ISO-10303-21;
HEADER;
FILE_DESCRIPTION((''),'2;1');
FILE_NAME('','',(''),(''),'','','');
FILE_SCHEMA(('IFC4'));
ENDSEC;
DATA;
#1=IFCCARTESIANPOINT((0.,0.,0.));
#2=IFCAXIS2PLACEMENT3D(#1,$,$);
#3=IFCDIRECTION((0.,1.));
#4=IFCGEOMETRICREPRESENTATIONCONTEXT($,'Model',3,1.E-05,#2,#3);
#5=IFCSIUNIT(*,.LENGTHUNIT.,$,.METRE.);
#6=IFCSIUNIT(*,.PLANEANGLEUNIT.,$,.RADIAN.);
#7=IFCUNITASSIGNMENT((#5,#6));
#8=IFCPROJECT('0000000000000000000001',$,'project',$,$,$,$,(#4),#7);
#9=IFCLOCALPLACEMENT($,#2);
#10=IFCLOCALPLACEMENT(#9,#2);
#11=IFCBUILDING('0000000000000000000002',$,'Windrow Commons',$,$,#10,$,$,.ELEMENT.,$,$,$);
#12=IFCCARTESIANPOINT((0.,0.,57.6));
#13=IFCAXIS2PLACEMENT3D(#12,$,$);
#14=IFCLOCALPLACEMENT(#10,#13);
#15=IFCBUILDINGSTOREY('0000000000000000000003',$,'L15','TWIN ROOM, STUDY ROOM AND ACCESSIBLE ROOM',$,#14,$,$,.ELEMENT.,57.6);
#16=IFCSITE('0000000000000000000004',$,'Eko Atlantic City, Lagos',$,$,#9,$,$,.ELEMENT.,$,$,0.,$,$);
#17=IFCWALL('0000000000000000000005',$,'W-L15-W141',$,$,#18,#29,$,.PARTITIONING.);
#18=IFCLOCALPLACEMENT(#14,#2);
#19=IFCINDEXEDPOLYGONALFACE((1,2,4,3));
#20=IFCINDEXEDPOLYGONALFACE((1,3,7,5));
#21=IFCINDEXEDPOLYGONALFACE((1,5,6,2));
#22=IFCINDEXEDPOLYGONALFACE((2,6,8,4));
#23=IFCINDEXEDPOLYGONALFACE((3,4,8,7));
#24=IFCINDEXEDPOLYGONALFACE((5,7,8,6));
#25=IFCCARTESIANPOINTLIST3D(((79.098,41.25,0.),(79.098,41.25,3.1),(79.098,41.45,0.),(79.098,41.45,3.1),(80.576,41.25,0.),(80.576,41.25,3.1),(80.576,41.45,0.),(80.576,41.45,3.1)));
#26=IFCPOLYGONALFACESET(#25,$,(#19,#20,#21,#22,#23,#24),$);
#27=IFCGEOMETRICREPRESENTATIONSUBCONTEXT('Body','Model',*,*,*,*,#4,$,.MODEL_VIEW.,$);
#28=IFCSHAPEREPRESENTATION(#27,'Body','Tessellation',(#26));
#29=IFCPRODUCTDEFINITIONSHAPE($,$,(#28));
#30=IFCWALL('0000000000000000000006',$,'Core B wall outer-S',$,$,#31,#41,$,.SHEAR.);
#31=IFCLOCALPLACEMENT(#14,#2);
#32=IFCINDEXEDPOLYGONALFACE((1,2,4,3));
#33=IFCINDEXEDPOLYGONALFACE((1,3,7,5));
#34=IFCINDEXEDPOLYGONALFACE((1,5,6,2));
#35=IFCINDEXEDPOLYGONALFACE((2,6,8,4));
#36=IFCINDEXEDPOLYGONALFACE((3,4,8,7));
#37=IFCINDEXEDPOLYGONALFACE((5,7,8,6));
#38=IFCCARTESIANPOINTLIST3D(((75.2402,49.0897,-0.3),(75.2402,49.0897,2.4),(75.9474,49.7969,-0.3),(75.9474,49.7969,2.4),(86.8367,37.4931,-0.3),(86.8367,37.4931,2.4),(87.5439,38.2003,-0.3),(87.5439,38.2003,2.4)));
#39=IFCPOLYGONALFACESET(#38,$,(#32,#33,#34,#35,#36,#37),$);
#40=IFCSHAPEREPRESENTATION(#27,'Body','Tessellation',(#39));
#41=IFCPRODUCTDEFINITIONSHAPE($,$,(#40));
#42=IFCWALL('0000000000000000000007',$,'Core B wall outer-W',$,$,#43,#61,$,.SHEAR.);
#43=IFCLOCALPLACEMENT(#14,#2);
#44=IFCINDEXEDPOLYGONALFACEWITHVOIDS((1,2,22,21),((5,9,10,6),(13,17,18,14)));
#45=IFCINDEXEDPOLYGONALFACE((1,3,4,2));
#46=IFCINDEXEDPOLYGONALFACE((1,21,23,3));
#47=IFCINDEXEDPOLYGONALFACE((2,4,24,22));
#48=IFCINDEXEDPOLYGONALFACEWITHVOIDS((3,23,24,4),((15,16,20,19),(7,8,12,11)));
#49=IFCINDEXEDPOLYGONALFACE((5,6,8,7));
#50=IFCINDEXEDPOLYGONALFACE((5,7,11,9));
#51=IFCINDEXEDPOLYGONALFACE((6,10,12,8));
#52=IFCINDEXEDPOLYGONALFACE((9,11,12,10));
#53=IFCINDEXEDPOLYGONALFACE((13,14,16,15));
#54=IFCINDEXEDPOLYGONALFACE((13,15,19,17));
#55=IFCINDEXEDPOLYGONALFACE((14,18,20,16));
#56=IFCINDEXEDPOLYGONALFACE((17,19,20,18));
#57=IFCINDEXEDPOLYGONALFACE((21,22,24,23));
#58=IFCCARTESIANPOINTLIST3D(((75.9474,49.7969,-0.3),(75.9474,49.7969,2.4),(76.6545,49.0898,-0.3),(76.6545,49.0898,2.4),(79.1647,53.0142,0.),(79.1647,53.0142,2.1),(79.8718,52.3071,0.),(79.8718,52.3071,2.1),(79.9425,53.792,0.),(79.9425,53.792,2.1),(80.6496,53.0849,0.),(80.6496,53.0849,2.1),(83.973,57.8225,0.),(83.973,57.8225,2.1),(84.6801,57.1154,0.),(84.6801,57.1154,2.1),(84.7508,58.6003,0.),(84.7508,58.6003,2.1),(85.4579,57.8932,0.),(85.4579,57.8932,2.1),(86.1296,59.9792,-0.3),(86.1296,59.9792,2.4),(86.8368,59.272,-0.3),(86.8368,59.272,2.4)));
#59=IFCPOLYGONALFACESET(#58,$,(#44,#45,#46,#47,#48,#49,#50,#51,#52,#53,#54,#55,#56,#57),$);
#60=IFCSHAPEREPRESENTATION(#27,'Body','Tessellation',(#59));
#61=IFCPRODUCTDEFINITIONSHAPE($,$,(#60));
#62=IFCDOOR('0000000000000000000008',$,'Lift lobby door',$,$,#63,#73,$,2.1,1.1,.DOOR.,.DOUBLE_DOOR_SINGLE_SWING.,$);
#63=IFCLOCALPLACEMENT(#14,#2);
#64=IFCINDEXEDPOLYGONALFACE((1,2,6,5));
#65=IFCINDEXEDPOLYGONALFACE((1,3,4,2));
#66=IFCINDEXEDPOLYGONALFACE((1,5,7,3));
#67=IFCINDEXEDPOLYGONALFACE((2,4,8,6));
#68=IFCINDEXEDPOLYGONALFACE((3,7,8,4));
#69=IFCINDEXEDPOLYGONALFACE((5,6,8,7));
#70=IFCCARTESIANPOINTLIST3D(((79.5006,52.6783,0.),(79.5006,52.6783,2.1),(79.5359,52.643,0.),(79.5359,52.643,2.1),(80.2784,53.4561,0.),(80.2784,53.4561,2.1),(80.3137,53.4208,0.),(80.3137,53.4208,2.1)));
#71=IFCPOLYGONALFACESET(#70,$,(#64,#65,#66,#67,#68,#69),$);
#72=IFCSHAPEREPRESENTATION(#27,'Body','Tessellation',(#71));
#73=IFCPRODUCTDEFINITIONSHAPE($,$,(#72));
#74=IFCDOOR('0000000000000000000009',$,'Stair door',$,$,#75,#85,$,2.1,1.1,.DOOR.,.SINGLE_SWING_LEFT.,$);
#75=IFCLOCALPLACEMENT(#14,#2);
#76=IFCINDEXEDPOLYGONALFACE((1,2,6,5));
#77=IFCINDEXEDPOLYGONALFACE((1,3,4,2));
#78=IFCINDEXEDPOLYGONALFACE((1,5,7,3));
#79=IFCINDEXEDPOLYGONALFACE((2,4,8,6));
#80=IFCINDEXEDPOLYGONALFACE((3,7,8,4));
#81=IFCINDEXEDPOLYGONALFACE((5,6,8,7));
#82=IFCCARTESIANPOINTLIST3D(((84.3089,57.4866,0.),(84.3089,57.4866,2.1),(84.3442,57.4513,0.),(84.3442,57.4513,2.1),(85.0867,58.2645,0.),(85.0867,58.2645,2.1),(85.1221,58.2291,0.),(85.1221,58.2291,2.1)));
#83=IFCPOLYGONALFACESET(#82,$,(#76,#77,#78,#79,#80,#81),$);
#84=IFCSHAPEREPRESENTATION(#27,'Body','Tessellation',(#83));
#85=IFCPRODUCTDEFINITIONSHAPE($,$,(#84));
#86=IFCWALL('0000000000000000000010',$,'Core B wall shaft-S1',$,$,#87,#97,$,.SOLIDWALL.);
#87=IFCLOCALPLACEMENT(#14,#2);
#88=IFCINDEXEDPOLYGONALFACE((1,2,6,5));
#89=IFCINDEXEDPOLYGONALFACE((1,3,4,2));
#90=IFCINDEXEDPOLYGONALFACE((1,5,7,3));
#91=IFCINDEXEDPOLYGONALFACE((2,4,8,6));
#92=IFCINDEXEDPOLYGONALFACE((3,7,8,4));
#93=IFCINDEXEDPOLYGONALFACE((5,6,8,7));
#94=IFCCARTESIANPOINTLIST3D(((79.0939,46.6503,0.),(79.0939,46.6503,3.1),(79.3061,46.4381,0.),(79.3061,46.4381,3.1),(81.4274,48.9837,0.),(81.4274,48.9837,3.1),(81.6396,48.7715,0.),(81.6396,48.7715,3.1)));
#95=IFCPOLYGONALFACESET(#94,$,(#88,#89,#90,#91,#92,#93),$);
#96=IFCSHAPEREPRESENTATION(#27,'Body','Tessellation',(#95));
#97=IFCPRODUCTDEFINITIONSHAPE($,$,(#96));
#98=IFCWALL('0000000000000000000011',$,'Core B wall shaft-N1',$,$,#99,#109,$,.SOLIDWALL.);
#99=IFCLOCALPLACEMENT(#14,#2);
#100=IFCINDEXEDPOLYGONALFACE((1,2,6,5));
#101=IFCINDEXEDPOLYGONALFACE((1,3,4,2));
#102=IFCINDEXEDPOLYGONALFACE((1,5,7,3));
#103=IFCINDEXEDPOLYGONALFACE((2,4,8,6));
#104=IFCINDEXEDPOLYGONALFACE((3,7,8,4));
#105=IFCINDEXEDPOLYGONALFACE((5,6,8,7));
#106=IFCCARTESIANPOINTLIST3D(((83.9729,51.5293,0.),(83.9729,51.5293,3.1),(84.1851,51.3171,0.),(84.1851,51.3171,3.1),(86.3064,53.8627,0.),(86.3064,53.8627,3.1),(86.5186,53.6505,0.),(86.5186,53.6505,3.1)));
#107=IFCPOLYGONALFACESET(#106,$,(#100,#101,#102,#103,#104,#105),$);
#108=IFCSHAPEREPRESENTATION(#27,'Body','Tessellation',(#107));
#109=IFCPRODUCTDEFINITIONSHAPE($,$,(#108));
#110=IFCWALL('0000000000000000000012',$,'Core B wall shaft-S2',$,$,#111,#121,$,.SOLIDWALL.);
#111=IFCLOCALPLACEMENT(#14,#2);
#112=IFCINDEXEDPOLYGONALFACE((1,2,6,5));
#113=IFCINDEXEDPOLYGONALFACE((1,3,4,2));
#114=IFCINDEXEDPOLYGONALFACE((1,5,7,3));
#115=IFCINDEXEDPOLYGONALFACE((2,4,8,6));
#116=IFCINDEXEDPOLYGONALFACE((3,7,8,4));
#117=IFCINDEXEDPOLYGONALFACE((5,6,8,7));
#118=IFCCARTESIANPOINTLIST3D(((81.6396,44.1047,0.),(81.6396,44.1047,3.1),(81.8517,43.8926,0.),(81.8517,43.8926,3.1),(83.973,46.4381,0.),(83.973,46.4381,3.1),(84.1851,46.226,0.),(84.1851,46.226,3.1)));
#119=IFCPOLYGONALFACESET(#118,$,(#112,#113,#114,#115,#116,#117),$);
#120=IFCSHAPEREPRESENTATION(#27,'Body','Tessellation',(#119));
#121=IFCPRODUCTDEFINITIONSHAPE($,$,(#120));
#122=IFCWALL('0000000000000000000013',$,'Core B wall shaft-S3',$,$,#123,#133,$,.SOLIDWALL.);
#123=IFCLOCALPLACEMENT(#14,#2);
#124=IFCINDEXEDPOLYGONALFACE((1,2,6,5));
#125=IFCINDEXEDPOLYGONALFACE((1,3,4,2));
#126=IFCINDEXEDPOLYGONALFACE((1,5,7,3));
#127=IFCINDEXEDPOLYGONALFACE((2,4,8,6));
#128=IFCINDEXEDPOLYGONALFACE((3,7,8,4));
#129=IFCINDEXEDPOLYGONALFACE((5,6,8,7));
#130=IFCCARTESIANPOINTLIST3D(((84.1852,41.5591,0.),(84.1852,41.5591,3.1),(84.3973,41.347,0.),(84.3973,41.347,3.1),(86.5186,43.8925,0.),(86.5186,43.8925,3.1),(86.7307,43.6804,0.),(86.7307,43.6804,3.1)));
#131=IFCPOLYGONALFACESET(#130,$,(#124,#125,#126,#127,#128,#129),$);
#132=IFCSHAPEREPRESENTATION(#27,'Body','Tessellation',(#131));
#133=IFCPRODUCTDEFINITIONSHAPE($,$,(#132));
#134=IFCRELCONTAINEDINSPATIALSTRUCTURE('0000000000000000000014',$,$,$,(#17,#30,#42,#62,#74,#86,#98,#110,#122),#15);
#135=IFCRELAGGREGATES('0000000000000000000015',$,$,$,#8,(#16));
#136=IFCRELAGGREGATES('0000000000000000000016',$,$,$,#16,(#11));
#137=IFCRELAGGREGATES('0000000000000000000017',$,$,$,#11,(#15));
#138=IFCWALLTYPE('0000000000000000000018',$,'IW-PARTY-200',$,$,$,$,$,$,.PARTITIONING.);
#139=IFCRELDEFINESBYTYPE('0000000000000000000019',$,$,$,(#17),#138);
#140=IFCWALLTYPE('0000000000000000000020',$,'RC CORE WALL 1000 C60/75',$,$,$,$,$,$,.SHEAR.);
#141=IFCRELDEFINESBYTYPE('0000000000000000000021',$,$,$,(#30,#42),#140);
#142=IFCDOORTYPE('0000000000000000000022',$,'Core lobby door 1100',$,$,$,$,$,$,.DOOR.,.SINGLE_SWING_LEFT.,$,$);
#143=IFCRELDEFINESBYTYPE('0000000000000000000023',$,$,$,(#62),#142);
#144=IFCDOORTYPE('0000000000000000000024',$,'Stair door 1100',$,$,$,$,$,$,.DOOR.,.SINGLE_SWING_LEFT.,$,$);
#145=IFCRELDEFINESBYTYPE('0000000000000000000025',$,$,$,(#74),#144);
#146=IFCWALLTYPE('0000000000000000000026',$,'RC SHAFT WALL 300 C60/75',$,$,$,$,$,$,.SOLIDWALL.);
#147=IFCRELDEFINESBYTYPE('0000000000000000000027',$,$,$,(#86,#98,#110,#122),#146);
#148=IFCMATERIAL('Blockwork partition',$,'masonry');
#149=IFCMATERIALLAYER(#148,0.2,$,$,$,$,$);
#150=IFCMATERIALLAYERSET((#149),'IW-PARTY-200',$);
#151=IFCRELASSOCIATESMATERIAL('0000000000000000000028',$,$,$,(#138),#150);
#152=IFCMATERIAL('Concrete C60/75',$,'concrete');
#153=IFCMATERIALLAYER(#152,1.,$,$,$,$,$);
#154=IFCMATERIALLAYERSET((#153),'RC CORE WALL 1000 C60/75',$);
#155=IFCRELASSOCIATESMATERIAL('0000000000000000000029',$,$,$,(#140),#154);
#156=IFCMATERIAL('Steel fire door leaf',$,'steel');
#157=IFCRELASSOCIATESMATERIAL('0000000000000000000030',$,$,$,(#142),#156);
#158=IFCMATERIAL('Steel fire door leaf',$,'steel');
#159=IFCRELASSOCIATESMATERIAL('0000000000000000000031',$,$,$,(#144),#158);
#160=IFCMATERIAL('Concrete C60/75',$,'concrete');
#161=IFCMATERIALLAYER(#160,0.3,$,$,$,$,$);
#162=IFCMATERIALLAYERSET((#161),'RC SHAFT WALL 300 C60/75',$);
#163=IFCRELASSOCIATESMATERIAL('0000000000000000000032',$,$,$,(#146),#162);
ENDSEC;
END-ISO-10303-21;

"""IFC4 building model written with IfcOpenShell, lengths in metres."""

from ifc_helpers import new_model, si_unit, direction, frame, frame_2d, origin, place, context, subcontext, project, spatial, rectangle, extrude, material, layer, layer_set, type_object, element, fill, save


model = new_model("IFC4")

# Units and contexts
model_context = context("Model", 3, precision=1e-05, world=origin(), true_north=direction((0.0, 1.0)))
body_context = subcontext(model_context, "Body", "Model", "MODEL_VIEW")
ifc_project = project(units=[si_unit("LENGTHUNIT", "METRE"), si_unit("PLANEANGLEUNIT", "RADIAN")], contexts=[model_context])

# Site, building, storey
site_placement = place(None, origin())
site = spatial("IfcSite", under=ifc_project, at=site_placement, Name="Eko Atlantic City, Lagos", CompositionType="ELEMENT", RefElevation=0.0)
building_placement = place(site_placement, origin())
building = spatial("IfcBuilding", under=site, at=building_placement, Name="Windrow Commons", CompositionType="ELEMENT")
storey_placement = place(building_placement, frame((0.0, 0.0, 57.6)))
storey = spatial("IfcBuildingStorey", under=building, at=storey_placement, Name="L15", Description="TWIN ROOM, STUDY ROOM AND ACCESSIBLE ROOM", CompositionType="ELEMENT", Elevation=57.6)

# Walls
ifc_material_1 = material(Name="Blockwork partition", Category="masonry")
ifc_layer_1 = layer(ifc_material_1, 0.2)
ifc_layer_set_1 = layer_set([ifc_layer_1], Name="IW-PARTY-200")
wall_type_1 = type_object("IfcWallType", Name="IW-PARTY-200", PredefinedType="PARTITIONING", material=ifc_layer_set_1)
wall_1_placement = place(storey_placement, frame((79.098, 41.35, 0.0), z_axis=(0.0, 0.0, 1.0), x_axis=(1.0, 0.0, 0.0)))
element("IfcWall", 1, at=wall_1_placement, inside=storey, type_object=wall_type_1, Name="W-L15-W141", PredefinedType="PARTITIONING", context=body_context, shape_type="SweptSolid", body=[
    extrude(rectangle(XDim=1.478, YDim=0.2, at=frame_2d((0.739, 0.0))), origin(), (0.0, 0.0, 1.0), 3.1),
])
ifc_material_2 = material(Name="Concrete C60/75", Category="concrete")
ifc_layer_2 = layer(ifc_material_2, 1.0)
ifc_layer_set_2 = layer_set([ifc_layer_2], Name="RC CORE WALL 1000 C60/75")
wall_type_2 = type_object("IfcWallType", Name="RC CORE WALL 1000 C60/75", PredefinedType="SHEAR", material=ifc_layer_set_2)
wall_2_placement = place(storey_placement, frame((75.5938, 49.4433, -0.3), z_axis=(0.0, 0.0, 1.0), x_axis=(0.707104, -0.70711, 0.0)))
element("IfcWall", 2, at=wall_2_placement, inside=storey, type_object=wall_type_2, Name="Core B wall outer-S", PredefinedType="SHEAR", context=body_context, shape_type="SweptSolid", body=[
    extrude(rectangle(XDim=16.4, YDim=1.0, at=frame_2d((8.2, 0.0))), origin(), (0.0, 0.0, 1.0), 2.7),
])

# Wall, openings, doors
wall_3_placement = place(storey_placement, frame((76.3009, 49.4433, -0.3), z_axis=(0.0, 0.0, 1.0), x_axis=(0.707107, 0.707107, 0.0)))
wall_3 = element("IfcWall", 3, at=wall_3_placement, inside=storey, type_object=wall_type_2, Name="Core B wall outer-W", PredefinedType="SHEAR", context=body_context, shape_type="SweptSolid", body=[
    extrude(rectangle(XDim=14.3999, YDim=1.0, at=frame_2d((7.2, 0.0))), origin(), (0.0, 0.0, 1.0), 2.7),
])
opening_1_placement = place(wall_3_placement, frame((4.55, 0.0, 0.3)))
opening_1 = element("IfcOpeningElement", 4, at=opening_1_placement, cuts=wall_3, PredefinedType="OPENING", context=body_context, shape_type="SweptSolid", body=[
    extrude(rectangle(XDim=1.1, YDim=2.1, at=frame_2d((0.55, 1.05))), frame((0.0, 0.51, 0.0), z_axis=(0.0, -1.0, 0.0), x_axis=(1.0, 0.0, 0.0)), (0.0, 0.0, 1.0), 1.02),
])
opening_2_placement = place(wall_3_placement, frame((11.35, 0.0, 0.3)))
opening_2 = element("IfcOpeningElement", 5, at=opening_2_placement, cuts=wall_3, PredefinedType="OPENING", context=body_context, shape_type="SweptSolid", body=[
    extrude(rectangle(XDim=1.1, YDim=2.1, at=frame_2d((0.55, 1.05))), frame((0.0, 0.51, 0.0), z_axis=(0.0, -1.0, 0.0), x_axis=(1.0, 0.0, 0.0)), (0.0, 0.0, 1.0), 1.02),
])
ifc_material_3 = material(Name="Steel fire door leaf", Category="steel")
door_type_1 = type_object("IfcDoorType", Name="Core lobby door 1100", OperationType="SINGLE_SWING_LEFT", PredefinedType="DOOR", material=ifc_material_3)
door_1_placement = place(opening_1_placement, origin())
door_1 = element("IfcDoor", 6, at=door_1_placement, inside=storey, type_object=door_type_1, Name="Lift lobby door", OperationType="DOUBLE_DOOR_SINGLE_SWING", OverallHeight=2.1, OverallWidth=1.1, PredefinedType="DOOR", context=body_context, shape_type="SweptSolid", body=[
    extrude(rectangle(XDim=1.1, YDim=2.1, at=frame_2d((0.55, 1.05))), frame((0.0, 0.025, 0.0), z_axis=(0.0, -1.0, 0.0), x_axis=(1.0, 0.0, 0.0)), (0.0, 0.0, 1.0), 0.05),
])
fill(opening_1, door_1)
ifc_material_4 = material(Name="Steel fire door leaf", Category="steel")
door_type_2 = type_object("IfcDoorType", Name="Stair door 1100", OperationType="SINGLE_SWING_LEFT", PredefinedType="DOOR", material=ifc_material_4)
door_2_placement = place(opening_2_placement, origin())
door_2 = element("IfcDoor", 7, at=door_2_placement, inside=storey, type_object=door_type_2, Name="Stair door", OperationType="SINGLE_SWING_LEFT", OverallHeight=2.1, OverallWidth=1.1, PredefinedType="DOOR", context=body_context, shape_type="SweptSolid", body=[
    extrude(rectangle(XDim=1.1, YDim=2.1, at=frame_2d((0.55, 1.05))), frame((0.0, 0.025, 0.0), z_axis=(0.0, -1.0, 0.0), x_axis=(1.0, 0.0, 0.0)), (0.0, 0.0, 1.0), 0.05),
])
fill(opening_2, door_2)

# Walls
ifc_material_5 = material(Name="Concrete C60/75", Category="concrete")
ifc_layer_3 = layer(ifc_material_5, 0.3)
ifc_layer_set_3 = layer_set([ifc_layer_3], Name="RC SHAFT WALL 300 C60/75")
wall_type_3 = type_object("IfcWallType", Name="RC SHAFT WALL 300 C60/75", PredefinedType="SOLIDWALL", material=ifc_layer_set_3)
for number, where, z_axis, x_axis, name in (
    (8, (79.2, 46.5442, 0.0), (0.0, 0.0, 1.0), (0.707122, 0.707092, 0.0), "Core B wall shaft-S1"),
    (9, (84.079, 51.4232, 0.0), (0.0, 0.0, 1.0), (0.707122, 0.707092, 0.0), "Core B wall shaft-N1"),
):
    element("IfcWall", number, at=place(storey_placement, frame(where, z_axis=z_axis, x_axis=x_axis)), inside=storey, type_object=wall_type_3, Name=name, PredefinedType="SOLIDWALL", context=body_context, shape_type="SweptSolid", body=[
        extrude(rectangle(XDim=3.3, YDim=0.3, at=frame_2d((1.65, 0.0))), origin(), (0.0, 0.0, 1.0), 3.1),
    ])
for number, where, z_axis, x_axis, name in (
    (10, (81.7456, 43.9986, 0.0), (0.0, 0.0, 1.0), (0.707107, 0.707107, 0.0), "Core B wall shaft-S2"),
    (11, (84.2912, 41.453, 0.0), (0.0, 0.0, 1.0), (0.707107, 0.707107, 0.0), "Core B wall shaft-S3"),
):
    element("IfcWall", number, at=place(storey_placement, frame(where, z_axis=z_axis, x_axis=x_axis)), inside=storey, type_object=wall_type_3, Name=name, PredefinedType="SOLIDWALL", context=body_context, shape_type="SweptSolid", body=[
        extrude(rectangle(XDim=3.2999, YDim=0.3, at=frame_2d((1.65, 0.0))), origin(), (0.0, 0.0, 1.0), 3.1),
    ])

save(model, "model.ifc")
